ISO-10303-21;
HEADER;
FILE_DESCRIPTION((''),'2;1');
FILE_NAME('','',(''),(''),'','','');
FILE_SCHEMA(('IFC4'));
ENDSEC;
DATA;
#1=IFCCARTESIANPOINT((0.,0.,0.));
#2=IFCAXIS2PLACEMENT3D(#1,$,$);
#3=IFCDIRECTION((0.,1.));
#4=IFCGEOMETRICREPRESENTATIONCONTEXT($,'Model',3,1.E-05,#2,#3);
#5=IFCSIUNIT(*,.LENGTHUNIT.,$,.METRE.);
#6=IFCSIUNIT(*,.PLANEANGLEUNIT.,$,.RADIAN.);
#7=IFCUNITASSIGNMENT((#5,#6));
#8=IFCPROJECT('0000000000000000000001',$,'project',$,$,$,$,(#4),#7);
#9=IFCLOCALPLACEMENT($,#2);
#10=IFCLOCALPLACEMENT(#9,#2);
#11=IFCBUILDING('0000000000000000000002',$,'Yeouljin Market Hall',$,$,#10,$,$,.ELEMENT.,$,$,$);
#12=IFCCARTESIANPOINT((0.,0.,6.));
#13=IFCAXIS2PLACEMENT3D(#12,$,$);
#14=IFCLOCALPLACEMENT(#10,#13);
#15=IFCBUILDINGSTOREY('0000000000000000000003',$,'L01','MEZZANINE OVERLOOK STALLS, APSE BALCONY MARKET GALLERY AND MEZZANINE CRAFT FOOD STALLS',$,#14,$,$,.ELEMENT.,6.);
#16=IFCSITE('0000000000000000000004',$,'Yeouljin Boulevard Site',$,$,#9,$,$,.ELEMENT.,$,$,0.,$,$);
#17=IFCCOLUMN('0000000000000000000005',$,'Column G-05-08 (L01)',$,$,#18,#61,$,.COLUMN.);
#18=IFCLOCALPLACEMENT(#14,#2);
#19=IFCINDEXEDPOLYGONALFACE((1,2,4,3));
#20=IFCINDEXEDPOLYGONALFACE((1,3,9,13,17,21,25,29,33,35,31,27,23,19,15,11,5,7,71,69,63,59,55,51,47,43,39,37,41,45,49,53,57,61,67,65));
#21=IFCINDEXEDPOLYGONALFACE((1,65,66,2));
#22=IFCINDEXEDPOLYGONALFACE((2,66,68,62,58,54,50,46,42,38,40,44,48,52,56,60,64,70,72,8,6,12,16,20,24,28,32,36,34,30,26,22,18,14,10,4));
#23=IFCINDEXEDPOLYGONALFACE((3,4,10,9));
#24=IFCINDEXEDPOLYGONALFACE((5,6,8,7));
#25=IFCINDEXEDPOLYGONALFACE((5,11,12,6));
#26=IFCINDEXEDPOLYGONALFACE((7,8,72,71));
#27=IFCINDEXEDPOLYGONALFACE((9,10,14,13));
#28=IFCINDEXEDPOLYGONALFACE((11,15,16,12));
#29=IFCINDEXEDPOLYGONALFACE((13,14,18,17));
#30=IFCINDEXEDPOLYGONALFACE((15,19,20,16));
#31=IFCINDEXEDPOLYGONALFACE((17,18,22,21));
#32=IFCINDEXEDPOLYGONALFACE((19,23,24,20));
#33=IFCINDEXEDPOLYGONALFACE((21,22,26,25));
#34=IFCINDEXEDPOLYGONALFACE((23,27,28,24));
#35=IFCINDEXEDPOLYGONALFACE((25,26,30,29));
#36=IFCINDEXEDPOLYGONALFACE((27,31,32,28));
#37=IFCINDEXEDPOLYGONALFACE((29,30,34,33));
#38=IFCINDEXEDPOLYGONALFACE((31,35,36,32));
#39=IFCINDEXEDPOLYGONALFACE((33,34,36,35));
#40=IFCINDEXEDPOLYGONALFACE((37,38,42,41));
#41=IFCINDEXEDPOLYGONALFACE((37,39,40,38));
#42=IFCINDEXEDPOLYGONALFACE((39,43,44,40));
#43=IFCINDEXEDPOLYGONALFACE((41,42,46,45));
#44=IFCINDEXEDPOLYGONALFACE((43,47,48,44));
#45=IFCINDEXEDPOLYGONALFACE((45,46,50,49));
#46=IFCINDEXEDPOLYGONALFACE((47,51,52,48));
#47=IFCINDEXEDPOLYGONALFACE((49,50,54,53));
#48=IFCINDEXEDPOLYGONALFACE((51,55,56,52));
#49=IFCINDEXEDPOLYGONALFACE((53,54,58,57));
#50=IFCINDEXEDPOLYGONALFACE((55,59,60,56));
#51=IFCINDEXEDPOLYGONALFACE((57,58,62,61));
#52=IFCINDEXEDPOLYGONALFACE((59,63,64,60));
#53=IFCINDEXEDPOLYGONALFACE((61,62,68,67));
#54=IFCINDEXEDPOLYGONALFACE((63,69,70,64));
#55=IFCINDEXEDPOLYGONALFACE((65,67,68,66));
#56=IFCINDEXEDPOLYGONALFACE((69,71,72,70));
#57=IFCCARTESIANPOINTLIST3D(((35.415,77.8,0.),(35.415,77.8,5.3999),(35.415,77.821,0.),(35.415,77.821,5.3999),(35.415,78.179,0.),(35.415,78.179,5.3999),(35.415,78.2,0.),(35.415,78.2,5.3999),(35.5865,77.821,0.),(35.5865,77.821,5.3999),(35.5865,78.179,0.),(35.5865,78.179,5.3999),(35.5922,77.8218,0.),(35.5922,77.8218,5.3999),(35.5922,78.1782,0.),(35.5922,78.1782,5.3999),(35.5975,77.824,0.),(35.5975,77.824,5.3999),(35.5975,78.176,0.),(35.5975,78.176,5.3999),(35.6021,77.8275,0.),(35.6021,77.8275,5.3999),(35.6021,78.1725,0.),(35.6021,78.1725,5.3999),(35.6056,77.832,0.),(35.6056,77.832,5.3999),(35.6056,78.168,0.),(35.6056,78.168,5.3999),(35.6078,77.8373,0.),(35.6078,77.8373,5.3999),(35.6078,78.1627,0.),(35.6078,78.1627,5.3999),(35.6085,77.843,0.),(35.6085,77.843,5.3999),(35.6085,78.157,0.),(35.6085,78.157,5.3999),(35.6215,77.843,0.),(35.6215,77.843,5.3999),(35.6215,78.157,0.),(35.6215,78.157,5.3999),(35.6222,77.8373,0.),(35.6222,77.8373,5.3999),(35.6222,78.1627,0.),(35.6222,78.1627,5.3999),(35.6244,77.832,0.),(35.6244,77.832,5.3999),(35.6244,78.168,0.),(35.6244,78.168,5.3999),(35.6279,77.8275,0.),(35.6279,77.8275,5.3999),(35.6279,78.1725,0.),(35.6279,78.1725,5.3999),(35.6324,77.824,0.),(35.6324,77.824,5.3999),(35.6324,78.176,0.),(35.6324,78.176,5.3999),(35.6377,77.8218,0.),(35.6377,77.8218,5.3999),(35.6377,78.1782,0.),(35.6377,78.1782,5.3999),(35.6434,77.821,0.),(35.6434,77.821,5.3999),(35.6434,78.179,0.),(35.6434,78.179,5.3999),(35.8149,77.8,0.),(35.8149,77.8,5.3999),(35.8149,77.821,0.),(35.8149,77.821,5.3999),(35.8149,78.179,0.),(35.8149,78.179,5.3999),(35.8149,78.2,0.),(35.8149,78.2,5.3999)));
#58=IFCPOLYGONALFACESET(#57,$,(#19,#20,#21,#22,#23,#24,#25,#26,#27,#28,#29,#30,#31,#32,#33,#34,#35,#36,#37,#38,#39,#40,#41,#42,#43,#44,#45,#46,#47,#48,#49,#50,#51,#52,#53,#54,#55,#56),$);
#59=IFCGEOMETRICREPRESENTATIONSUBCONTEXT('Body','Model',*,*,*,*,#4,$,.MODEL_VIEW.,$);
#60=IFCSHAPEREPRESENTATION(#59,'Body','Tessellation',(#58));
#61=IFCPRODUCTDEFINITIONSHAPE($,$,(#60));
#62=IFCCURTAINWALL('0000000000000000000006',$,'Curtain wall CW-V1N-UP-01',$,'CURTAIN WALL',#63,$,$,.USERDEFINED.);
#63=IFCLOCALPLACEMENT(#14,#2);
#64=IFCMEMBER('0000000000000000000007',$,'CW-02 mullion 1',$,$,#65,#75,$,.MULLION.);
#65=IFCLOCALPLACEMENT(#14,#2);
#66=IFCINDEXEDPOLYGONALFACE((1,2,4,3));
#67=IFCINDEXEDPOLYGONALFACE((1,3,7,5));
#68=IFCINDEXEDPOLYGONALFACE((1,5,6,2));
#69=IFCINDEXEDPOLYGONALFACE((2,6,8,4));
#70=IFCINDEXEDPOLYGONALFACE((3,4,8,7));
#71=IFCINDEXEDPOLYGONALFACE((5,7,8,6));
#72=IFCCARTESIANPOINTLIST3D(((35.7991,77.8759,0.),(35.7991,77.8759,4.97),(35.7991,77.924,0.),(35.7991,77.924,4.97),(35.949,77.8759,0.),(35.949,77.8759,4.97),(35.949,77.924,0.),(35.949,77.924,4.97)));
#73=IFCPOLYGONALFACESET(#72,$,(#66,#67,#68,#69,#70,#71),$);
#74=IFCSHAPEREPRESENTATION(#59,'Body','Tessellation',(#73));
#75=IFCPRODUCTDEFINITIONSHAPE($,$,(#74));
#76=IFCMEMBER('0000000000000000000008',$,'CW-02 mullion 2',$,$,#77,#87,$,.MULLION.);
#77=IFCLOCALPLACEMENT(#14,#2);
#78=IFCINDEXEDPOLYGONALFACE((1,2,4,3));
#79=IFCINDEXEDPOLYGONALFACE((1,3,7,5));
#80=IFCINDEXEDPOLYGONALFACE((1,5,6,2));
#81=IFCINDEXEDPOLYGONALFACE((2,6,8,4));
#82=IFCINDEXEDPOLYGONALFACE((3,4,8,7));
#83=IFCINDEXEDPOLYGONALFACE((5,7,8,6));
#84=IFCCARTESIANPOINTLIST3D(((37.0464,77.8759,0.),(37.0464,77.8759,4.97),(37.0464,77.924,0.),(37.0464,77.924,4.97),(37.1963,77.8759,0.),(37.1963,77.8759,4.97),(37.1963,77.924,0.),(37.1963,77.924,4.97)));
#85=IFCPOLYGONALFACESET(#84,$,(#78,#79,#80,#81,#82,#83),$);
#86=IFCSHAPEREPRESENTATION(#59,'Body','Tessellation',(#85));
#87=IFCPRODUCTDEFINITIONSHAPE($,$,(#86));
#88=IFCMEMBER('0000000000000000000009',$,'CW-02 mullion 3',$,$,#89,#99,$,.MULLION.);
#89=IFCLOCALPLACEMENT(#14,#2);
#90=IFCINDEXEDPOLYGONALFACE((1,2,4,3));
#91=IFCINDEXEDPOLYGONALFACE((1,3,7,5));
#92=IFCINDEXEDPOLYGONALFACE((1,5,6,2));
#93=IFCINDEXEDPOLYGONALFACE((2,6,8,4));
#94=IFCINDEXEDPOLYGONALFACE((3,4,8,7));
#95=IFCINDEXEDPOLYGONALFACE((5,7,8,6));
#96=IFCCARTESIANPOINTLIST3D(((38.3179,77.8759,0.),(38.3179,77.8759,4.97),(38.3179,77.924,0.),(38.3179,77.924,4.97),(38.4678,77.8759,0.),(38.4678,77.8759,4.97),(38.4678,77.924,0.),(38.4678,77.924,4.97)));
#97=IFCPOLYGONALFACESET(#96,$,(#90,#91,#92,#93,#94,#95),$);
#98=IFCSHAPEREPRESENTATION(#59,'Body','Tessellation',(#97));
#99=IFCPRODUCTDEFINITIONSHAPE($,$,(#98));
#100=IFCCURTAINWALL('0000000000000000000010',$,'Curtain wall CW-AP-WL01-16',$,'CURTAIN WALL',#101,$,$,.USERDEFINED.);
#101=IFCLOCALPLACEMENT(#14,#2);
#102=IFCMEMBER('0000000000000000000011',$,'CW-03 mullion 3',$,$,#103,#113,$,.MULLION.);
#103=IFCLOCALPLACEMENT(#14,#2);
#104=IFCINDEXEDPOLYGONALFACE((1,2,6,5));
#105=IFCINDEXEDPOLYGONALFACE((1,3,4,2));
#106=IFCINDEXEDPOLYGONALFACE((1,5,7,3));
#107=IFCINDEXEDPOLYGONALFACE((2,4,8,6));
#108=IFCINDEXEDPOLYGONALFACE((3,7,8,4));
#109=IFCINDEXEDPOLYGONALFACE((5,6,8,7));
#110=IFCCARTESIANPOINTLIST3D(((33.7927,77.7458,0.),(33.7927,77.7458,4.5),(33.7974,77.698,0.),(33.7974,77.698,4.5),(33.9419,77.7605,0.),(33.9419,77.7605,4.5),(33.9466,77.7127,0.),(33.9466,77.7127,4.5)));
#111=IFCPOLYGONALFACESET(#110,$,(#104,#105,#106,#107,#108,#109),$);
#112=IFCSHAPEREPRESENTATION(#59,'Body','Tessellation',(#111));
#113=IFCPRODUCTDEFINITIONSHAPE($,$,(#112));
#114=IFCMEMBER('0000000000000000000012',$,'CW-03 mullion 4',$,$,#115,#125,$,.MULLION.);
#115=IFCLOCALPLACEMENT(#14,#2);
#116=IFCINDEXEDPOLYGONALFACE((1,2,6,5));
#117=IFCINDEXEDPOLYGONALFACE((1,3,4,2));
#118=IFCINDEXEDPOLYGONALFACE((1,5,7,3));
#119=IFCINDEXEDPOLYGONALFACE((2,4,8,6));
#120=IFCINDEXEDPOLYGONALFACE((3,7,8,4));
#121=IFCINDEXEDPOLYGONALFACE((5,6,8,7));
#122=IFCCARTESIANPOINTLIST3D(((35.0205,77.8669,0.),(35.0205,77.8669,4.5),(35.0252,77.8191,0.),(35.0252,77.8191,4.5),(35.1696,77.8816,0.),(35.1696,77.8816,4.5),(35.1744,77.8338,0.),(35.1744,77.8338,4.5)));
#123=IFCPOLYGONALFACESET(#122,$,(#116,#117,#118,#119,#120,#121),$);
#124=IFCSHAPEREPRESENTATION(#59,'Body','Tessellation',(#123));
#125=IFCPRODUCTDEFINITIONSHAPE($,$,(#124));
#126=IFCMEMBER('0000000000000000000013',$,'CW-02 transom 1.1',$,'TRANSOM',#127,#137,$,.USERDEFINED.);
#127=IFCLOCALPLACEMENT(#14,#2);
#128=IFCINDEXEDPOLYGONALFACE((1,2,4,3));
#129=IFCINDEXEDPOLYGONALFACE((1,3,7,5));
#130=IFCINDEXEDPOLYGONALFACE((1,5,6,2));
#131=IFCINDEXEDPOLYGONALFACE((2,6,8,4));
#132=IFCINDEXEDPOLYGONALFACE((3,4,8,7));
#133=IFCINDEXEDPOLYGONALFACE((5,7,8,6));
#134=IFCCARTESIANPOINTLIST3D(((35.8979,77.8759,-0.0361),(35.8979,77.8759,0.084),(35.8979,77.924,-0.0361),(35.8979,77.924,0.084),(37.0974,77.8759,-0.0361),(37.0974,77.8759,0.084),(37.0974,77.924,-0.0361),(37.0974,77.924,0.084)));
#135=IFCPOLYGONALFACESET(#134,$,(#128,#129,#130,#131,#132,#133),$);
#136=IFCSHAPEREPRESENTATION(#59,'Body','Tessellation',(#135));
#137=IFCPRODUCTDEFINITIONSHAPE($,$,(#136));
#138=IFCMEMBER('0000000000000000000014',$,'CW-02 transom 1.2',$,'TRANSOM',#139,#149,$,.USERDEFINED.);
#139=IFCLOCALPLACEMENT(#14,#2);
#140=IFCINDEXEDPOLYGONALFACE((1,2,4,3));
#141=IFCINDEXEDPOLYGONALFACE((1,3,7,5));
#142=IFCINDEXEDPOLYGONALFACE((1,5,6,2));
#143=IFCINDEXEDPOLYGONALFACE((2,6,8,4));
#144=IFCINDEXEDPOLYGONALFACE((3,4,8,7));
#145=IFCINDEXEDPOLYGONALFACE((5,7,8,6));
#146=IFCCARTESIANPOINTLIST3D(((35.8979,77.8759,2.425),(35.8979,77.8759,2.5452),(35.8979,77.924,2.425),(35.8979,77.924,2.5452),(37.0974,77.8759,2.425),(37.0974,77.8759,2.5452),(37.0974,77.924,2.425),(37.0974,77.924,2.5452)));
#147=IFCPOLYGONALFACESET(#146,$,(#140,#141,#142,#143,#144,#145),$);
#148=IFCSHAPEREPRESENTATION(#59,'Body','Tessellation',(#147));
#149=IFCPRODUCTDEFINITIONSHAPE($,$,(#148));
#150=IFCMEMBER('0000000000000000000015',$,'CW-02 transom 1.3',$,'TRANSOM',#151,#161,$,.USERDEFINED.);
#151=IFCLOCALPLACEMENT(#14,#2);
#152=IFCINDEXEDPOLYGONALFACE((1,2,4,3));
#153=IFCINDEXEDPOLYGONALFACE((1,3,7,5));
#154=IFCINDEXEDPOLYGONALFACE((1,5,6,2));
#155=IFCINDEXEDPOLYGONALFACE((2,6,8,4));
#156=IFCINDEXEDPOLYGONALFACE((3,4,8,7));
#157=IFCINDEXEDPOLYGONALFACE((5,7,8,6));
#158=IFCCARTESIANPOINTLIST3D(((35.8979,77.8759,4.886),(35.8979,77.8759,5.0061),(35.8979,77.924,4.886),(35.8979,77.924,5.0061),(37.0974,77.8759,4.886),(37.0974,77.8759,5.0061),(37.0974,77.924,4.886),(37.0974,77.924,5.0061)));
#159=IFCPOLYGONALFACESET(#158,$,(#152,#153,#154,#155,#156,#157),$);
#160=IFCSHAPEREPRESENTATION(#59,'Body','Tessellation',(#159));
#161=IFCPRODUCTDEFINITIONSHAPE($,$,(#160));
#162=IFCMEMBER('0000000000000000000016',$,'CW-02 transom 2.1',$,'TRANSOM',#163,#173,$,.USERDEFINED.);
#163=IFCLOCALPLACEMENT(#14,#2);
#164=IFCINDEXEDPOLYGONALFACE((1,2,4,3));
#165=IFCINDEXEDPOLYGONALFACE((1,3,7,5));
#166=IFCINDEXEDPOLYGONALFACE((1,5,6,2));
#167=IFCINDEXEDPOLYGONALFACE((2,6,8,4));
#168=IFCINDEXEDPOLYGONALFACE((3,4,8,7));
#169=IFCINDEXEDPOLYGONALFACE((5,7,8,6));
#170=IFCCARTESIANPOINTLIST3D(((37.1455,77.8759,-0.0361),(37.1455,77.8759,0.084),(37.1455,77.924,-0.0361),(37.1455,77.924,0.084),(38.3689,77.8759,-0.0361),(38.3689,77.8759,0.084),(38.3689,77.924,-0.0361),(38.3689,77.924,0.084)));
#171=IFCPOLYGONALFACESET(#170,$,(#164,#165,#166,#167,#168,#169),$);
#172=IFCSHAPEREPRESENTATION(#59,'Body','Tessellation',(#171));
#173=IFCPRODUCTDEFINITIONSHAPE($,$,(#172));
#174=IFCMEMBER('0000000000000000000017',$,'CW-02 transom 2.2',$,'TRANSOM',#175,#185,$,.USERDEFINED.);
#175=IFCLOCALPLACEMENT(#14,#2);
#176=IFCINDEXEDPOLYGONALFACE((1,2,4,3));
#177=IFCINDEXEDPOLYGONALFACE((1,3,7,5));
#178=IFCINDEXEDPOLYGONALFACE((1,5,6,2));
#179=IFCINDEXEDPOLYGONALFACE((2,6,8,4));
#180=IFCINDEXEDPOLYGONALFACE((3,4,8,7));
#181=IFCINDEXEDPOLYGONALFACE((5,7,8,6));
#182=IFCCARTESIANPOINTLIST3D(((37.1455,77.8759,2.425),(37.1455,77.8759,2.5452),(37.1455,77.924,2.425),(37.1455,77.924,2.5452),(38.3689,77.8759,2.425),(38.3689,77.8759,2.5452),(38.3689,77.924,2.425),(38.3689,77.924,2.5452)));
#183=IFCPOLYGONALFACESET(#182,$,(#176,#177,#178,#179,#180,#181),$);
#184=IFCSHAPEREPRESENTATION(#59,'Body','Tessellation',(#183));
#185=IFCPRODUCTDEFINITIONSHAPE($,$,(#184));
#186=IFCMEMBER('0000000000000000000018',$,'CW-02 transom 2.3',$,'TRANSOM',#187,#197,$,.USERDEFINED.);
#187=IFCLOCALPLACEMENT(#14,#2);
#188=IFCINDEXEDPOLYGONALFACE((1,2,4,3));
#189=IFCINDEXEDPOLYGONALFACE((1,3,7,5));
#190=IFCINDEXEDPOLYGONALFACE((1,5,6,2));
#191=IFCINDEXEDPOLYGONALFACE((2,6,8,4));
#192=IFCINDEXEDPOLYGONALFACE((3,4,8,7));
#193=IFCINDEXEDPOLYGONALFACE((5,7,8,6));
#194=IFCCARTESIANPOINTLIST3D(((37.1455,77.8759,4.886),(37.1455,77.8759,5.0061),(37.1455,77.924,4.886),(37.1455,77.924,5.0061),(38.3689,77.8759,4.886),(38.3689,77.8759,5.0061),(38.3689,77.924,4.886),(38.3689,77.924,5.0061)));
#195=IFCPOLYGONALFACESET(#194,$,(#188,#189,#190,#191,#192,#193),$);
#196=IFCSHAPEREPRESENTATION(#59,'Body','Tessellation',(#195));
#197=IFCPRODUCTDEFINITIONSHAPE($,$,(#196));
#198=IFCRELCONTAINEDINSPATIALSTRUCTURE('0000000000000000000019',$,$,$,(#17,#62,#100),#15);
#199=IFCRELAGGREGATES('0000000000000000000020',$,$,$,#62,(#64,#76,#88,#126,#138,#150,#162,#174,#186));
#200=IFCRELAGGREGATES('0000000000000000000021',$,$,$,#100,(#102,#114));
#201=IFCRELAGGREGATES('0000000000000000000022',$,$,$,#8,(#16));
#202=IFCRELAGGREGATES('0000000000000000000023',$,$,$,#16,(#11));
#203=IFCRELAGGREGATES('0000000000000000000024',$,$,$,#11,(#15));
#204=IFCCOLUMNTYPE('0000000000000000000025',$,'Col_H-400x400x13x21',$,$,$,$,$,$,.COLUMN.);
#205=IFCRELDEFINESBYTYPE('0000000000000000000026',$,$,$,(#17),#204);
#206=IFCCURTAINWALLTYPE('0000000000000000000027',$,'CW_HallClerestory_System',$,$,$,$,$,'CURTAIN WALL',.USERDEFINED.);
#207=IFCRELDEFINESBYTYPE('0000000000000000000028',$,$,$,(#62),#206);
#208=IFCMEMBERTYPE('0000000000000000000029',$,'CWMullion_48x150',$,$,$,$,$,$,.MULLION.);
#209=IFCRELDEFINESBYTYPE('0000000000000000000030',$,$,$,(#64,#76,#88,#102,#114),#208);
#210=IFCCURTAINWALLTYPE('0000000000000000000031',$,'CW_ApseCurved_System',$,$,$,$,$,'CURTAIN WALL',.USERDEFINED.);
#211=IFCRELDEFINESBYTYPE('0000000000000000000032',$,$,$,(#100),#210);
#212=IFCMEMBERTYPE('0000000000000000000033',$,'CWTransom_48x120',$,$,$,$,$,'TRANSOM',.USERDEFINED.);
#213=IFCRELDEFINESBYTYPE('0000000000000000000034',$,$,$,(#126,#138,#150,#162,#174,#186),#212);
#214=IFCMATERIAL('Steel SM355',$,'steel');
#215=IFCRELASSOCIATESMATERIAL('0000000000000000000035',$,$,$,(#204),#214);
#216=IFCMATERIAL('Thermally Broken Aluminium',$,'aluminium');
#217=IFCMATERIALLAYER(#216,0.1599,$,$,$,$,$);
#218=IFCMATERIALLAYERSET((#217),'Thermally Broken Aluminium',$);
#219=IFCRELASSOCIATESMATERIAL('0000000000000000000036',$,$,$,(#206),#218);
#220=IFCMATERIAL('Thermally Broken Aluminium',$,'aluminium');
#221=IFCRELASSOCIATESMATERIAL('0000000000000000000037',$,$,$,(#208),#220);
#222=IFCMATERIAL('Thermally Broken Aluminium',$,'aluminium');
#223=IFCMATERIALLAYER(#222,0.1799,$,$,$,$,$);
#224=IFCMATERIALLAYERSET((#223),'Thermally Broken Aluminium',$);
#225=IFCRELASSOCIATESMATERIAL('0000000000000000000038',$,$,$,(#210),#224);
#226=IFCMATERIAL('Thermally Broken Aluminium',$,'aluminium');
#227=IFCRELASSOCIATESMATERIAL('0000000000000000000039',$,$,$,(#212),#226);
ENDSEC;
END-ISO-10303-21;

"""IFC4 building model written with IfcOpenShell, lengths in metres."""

from ifc_helpers import new_model, si_unit, direction, frame, origin, origin_2d, place, context, subcontext, project, spatial, rectangle, i_section, extrude, material, layer, layer_set, material_profile, profile_set, type_object, element, aggregate, save


model = new_model("IFC4")

# Units and contexts
model_context = context("Model", 3, precision=1e-05, world=origin(), true_north=direction((0.0, 1.0)))
body_context = subcontext(model_context, "Body", "Model", "MODEL_VIEW")
ifc_project = project(units=[si_unit("LENGTHUNIT", "METRE"), si_unit("PLANEANGLEUNIT", "RADIAN")], contexts=[model_context])

# Site, building, storey
site_placement = place(None, origin())
site = spatial("IfcSite", under=ifc_project, at=site_placement, Name="Yeouljin Boulevard Site", CompositionType="ELEMENT", RefElevation=0.0)
building_placement = place(site_placement, origin())
building = spatial("IfcBuilding", under=site, at=building_placement, Name="Yeouljin Market Hall", CompositionType="ELEMENT")
storey_placement = place(building_placement, frame((0.0, 0.0, 6.0)))
storey = spatial("IfcBuildingStorey", under=building, at=storey_placement, Name="L01", Description="MEZZANINE OVERLOOK STALLS, APSE BALCONY MARKET GALLERY AND MEZZANINE CRAFT FOOD STALLS", CompositionType="ELEMENT", Elevation=6.0)

# Column
ifc_material_1 = material(Name="Steel SM355", Category="steel")
ifc_material_profile_1 = material_profile(ifc_material_1, i_section(OverallWidth=0.3999, OverallDepth=0.3999, WebThickness=0.0129, FlangeThickness=0.021, FilletRadius=0.022, at=origin_2d()), Name="H-400x400x13x21")
ifc_profile_set_1 = profile_set([ifc_material_profile_1], Name="Steel SM355")
column_type = type_object("IfcColumnType", Name="Col_H-400x400x13x21", PredefinedType="COLUMN", material=ifc_profile_set_1)
column_placement = place(storey_placement, frame((35.615, 78.0, 0.0), z_axis=(0.0, 0.0, 1.0), x_axis=(1.0, 0.0, 0.0)))
element("IfcColumn", 1, at=column_placement, inside=storey, type_object=column_type, Name="Column G-05-08 (L01)", PredefinedType="COLUMN", context=body_context, shape_type="SweptSolid", body=[
    extrude(i_section(OverallWidth=0.3999, OverallDepth=0.3999, WebThickness=0.0129, FlangeThickness=0.021, FilletRadius=0.022, at=origin_2d()), origin(), (0.0, 0.0, 1.0), 5.3999),
])

# Curtain walls, members
ifc_material_2 = material(Name="Thermally Broken Aluminium", Category="aluminium")
ifc_layer_1 = layer(ifc_material_2, 0.1599)
ifc_layer_set_1 = layer_set([ifc_layer_1], Name="Thermally Broken Aluminium")
curtain_wall_type_1 = type_object("IfcCurtainWallType", Name="CW_HallClerestory_System", ElementType="CURTAIN WALL", PredefinedType="USERDEFINED", material=ifc_layer_set_1)
curtain_wall_1_placement = place(storey_placement, origin())
curtain_wall_1 = element("IfcCurtainWall", 2, at=curtain_wall_1_placement, inside=storey, type_object=curtain_wall_type_1, Name="Curtain wall CW-V1N-UP-01", ObjectType="CURTAIN WALL", PredefinedType="USERDEFINED")
ifc_material_3 = material(Name="Thermally Broken Aluminium", Category="aluminium")
ifc_material_profile_2 = material_profile(ifc_material_3, rectangle(XDim=0.0481, YDim=0.1499, at=origin_2d()), Name="CW-MULL-48x150")
ifc_profile_set_2 = profile_set([ifc_material_profile_2], Name="Thermally Broken Aluminium")
member_type_1 = type_object("IfcMemberType", Name="CWMullion_48x150", PredefinedType="MULLION", material=ifc_profile_set_2)
member_1_placement = place(storey_placement, frame((35.874, 77.8999, 0.0), z_axis=(0.0, 0.0, 1.0), x_axis=(0.0, 1.0, 0.0)))
member_1 = element("IfcMember", 3, at=member_1_placement, type_object=member_type_1, Name="CW-02 mullion 1", PredefinedType="MULLION", context=body_context, shape_type="SweptSolid", body=[
    extrude(rectangle(XDim=0.0481, YDim=0.1499, at=origin_2d()), origin(), (0.0, 0.0, 1.0), 4.97),
])
member_2_placement = place(storey_placement, frame((37.1213, 77.8999, 0.0), z_axis=(0.0, 0.0, 1.0), x_axis=(0.0, 1.0, 0.0)))
member_2 = element("IfcMember", 4, at=member_2_placement, type_object=member_type_1, Name="CW-02 mullion 2", PredefinedType="MULLION", context=body_context, shape_type="SweptSolid", body=[
    extrude(rectangle(XDim=0.0481, YDim=0.1499, at=origin_2d()), origin(), (0.0, 0.0, 1.0), 4.97),
])
member_3_placement = place(storey_placement, frame((38.3928, 77.8999, 0.0), z_axis=(0.0, 0.0, 1.0), x_axis=(0.0, 1.0, 0.0)))
member_3 = element("IfcMember", 5, at=member_3_placement, type_object=member_type_1, Name="CW-02 mullion 3", PredefinedType="MULLION", context=body_context, shape_type="SweptSolid", body=[
    extrude(rectangle(XDim=0.0481, YDim=0.1499, at=origin_2d()), origin(), (0.0, 0.0, 1.0), 4.97),
])
ifc_material_4 = material(Name="Thermally Broken Aluminium", Category="aluminium")
ifc_layer_2 = layer(ifc_material_4, 0.1799)
ifc_layer_set_2 = layer_set([ifc_layer_2], Name="Thermally Broken Aluminium")
curtain_wall_type_2 = type_object("IfcCurtainWallType", Name="CW_ApseCurved_System", ElementType="CURTAIN WALL", PredefinedType="USERDEFINED", material=ifc_layer_set_2)
curtain_wall_2_placement = place(storey_placement, origin())
curtain_wall_2 = element("IfcCurtainWall", 6, at=curtain_wall_2_placement, inside=storey, type_object=curtain_wall_type_2, Name="Curtain wall CW-AP-WL01-16", ObjectType="CURTAIN WALL", PredefinedType="USERDEFINED")
member_4_placement = place(storey_placement, frame((33.8696, 77.7292, 0.0), z_axis=(0.0, 0.0, 1.0), x_axis=(-0.098034, 0.995183, 0.0)))
member_4 = element("IfcMember", 7, at=member_4_placement, type_object=member_type_1, Name="CW-03 mullion 3", PredefinedType="MULLION", context=body_context, shape_type="SweptSolid", body=[
    extrude(rectangle(XDim=0.0481, YDim=0.1499, at=origin_2d()), origin(), (0.0, 0.0, 1.0), 4.5),
])
member_5_placement = place(storey_placement, frame((35.0974, 77.8503, 0.0), z_axis=(0.0, 0.0, 1.0), x_axis=(-0.098034, 0.995183, 0.0)))
member_5 = element("IfcMember", 8, at=member_5_placement, type_object=member_type_1, Name="CW-03 mullion 4", PredefinedType="MULLION", context=body_context, shape_type="SweptSolid", body=[
    extrude(rectangle(XDim=0.0481, YDim=0.1499, at=origin_2d()), origin(), (0.0, 0.0, 1.0), 4.5),
])

# Members
ifc_material_5 = material(Name="Thermally Broken Aluminium", Category="aluminium")
ifc_material_profile_3 = material_profile(ifc_material_5, rectangle(XDim=0.0481, YDim=0.1201, at=origin_2d()), Name="CW-TRAN-48x120")
ifc_profile_set_3 = profile_set([ifc_material_profile_3], Name="Thermally Broken Aluminium")
member_type_2 = type_object("IfcMemberType", Name="CWTransom_48x120", ElementType="TRANSOM", PredefinedType="USERDEFINED", material=ifc_profile_set_3)
member_6_placement = place(storey_placement, frame((35.8979, 77.8999, 0.0239), z_axis=(1.0, 0.0, 0.0), x_axis=(0.0, 1.0, 0.0)))
member_6 = element("IfcMember", 9, at=member_6_placement, type_object=member_type_2, Name="CW-02 transom 1.1", ObjectType="TRANSOM", PredefinedType="USERDEFINED", context=body_context, shape_type="SweptSolid", body=[
    extrude(rectangle(XDim=0.0481, YDim=0.1201, at=origin_2d()), origin(), (0.0, 0.0, 1.0), 1.1995),
])
member_7_placement = place(storey_placement, frame((35.8979, 77.8999, 2.4851), z_axis=(1.0, 0.0, 0.0), x_axis=(0.0, 1.0, 0.0)))
member_7 = element("IfcMember", 10, at=member_7_placement, type_object=member_type_2, Name="CW-02 transom 1.2", ObjectType="TRANSOM", PredefinedType="USERDEFINED", context=body_context, shape_type="SweptSolid", body=[
    extrude(rectangle(XDim=0.0481, YDim=0.1201, at=origin_2d()), origin(), (0.0, 0.0, 1.0), 1.1995),
])
member_8_placement = place(storey_placement, frame((35.8979, 77.8999, 4.946), z_axis=(1.0, 0.0, 0.0), x_axis=(0.0, 1.0, 0.0)))
member_8 = element("IfcMember", 11, at=member_8_placement, type_object=member_type_2, Name="CW-02 transom 1.3", ObjectType="TRANSOM", PredefinedType="USERDEFINED", context=body_context, shape_type="SweptSolid", body=[
    extrude(rectangle(XDim=0.0481, YDim=0.1201, at=origin_2d()), origin(), (0.0, 0.0, 1.0), 1.1995),
])
member_9_placement = place(storey_placement, frame((37.1455, 77.8999, 0.0239), z_axis=(1.0, 0.0, 0.0), x_axis=(0.0, 1.0, 0.0)))
member_9 = element("IfcMember", 12, at=member_9_placement, type_object=member_type_2, Name="CW-02 transom 2.1", ObjectType="TRANSOM", PredefinedType="USERDEFINED", context=body_context, shape_type="SweptSolid", body=[
    extrude(rectangle(XDim=0.0481, YDim=0.1201, at=origin_2d()), origin(), (0.0, 0.0, 1.0), 1.2234),
])
member_10_placement = place(storey_placement, frame((37.1455, 77.8999, 2.4851), z_axis=(1.0, 0.0, 0.0), x_axis=(0.0, 1.0, 0.0)))
member_10 = element("IfcMember", 13, at=member_10_placement, type_object=member_type_2, Name="CW-02 transom 2.2", ObjectType="TRANSOM", PredefinedType="USERDEFINED", context=body_context, shape_type="SweptSolid", body=[
    extrude(rectangle(XDim=0.0481, YDim=0.1201, at=origin_2d()), origin(), (0.0, 0.0, 1.0), 1.2234),
])
member_11_placement = place(storey_placement, frame((37.1455, 77.8999, 4.946), z_axis=(1.0, 0.0, 0.0), x_axis=(0.0, 1.0, 0.0)))
member_11 = element("IfcMember", 14, at=member_11_placement, type_object=member_type_2, Name="CW-02 transom 2.3", ObjectType="TRANSOM", PredefinedType="USERDEFINED", context=body_context, shape_type="SweptSolid", body=[
    extrude(rectangle(XDim=0.0481, YDim=0.1201, at=origin_2d()), origin(), (0.0, 0.0, 1.0), 1.2234),
])

aggregate(curtain_wall_1, [member_1, member_2, member_3, member_6, member_7, member_8, member_9, member_10, member_11])
aggregate(curtain_wall_2, [member_4, member_5])

save(model, "model.ifc")
